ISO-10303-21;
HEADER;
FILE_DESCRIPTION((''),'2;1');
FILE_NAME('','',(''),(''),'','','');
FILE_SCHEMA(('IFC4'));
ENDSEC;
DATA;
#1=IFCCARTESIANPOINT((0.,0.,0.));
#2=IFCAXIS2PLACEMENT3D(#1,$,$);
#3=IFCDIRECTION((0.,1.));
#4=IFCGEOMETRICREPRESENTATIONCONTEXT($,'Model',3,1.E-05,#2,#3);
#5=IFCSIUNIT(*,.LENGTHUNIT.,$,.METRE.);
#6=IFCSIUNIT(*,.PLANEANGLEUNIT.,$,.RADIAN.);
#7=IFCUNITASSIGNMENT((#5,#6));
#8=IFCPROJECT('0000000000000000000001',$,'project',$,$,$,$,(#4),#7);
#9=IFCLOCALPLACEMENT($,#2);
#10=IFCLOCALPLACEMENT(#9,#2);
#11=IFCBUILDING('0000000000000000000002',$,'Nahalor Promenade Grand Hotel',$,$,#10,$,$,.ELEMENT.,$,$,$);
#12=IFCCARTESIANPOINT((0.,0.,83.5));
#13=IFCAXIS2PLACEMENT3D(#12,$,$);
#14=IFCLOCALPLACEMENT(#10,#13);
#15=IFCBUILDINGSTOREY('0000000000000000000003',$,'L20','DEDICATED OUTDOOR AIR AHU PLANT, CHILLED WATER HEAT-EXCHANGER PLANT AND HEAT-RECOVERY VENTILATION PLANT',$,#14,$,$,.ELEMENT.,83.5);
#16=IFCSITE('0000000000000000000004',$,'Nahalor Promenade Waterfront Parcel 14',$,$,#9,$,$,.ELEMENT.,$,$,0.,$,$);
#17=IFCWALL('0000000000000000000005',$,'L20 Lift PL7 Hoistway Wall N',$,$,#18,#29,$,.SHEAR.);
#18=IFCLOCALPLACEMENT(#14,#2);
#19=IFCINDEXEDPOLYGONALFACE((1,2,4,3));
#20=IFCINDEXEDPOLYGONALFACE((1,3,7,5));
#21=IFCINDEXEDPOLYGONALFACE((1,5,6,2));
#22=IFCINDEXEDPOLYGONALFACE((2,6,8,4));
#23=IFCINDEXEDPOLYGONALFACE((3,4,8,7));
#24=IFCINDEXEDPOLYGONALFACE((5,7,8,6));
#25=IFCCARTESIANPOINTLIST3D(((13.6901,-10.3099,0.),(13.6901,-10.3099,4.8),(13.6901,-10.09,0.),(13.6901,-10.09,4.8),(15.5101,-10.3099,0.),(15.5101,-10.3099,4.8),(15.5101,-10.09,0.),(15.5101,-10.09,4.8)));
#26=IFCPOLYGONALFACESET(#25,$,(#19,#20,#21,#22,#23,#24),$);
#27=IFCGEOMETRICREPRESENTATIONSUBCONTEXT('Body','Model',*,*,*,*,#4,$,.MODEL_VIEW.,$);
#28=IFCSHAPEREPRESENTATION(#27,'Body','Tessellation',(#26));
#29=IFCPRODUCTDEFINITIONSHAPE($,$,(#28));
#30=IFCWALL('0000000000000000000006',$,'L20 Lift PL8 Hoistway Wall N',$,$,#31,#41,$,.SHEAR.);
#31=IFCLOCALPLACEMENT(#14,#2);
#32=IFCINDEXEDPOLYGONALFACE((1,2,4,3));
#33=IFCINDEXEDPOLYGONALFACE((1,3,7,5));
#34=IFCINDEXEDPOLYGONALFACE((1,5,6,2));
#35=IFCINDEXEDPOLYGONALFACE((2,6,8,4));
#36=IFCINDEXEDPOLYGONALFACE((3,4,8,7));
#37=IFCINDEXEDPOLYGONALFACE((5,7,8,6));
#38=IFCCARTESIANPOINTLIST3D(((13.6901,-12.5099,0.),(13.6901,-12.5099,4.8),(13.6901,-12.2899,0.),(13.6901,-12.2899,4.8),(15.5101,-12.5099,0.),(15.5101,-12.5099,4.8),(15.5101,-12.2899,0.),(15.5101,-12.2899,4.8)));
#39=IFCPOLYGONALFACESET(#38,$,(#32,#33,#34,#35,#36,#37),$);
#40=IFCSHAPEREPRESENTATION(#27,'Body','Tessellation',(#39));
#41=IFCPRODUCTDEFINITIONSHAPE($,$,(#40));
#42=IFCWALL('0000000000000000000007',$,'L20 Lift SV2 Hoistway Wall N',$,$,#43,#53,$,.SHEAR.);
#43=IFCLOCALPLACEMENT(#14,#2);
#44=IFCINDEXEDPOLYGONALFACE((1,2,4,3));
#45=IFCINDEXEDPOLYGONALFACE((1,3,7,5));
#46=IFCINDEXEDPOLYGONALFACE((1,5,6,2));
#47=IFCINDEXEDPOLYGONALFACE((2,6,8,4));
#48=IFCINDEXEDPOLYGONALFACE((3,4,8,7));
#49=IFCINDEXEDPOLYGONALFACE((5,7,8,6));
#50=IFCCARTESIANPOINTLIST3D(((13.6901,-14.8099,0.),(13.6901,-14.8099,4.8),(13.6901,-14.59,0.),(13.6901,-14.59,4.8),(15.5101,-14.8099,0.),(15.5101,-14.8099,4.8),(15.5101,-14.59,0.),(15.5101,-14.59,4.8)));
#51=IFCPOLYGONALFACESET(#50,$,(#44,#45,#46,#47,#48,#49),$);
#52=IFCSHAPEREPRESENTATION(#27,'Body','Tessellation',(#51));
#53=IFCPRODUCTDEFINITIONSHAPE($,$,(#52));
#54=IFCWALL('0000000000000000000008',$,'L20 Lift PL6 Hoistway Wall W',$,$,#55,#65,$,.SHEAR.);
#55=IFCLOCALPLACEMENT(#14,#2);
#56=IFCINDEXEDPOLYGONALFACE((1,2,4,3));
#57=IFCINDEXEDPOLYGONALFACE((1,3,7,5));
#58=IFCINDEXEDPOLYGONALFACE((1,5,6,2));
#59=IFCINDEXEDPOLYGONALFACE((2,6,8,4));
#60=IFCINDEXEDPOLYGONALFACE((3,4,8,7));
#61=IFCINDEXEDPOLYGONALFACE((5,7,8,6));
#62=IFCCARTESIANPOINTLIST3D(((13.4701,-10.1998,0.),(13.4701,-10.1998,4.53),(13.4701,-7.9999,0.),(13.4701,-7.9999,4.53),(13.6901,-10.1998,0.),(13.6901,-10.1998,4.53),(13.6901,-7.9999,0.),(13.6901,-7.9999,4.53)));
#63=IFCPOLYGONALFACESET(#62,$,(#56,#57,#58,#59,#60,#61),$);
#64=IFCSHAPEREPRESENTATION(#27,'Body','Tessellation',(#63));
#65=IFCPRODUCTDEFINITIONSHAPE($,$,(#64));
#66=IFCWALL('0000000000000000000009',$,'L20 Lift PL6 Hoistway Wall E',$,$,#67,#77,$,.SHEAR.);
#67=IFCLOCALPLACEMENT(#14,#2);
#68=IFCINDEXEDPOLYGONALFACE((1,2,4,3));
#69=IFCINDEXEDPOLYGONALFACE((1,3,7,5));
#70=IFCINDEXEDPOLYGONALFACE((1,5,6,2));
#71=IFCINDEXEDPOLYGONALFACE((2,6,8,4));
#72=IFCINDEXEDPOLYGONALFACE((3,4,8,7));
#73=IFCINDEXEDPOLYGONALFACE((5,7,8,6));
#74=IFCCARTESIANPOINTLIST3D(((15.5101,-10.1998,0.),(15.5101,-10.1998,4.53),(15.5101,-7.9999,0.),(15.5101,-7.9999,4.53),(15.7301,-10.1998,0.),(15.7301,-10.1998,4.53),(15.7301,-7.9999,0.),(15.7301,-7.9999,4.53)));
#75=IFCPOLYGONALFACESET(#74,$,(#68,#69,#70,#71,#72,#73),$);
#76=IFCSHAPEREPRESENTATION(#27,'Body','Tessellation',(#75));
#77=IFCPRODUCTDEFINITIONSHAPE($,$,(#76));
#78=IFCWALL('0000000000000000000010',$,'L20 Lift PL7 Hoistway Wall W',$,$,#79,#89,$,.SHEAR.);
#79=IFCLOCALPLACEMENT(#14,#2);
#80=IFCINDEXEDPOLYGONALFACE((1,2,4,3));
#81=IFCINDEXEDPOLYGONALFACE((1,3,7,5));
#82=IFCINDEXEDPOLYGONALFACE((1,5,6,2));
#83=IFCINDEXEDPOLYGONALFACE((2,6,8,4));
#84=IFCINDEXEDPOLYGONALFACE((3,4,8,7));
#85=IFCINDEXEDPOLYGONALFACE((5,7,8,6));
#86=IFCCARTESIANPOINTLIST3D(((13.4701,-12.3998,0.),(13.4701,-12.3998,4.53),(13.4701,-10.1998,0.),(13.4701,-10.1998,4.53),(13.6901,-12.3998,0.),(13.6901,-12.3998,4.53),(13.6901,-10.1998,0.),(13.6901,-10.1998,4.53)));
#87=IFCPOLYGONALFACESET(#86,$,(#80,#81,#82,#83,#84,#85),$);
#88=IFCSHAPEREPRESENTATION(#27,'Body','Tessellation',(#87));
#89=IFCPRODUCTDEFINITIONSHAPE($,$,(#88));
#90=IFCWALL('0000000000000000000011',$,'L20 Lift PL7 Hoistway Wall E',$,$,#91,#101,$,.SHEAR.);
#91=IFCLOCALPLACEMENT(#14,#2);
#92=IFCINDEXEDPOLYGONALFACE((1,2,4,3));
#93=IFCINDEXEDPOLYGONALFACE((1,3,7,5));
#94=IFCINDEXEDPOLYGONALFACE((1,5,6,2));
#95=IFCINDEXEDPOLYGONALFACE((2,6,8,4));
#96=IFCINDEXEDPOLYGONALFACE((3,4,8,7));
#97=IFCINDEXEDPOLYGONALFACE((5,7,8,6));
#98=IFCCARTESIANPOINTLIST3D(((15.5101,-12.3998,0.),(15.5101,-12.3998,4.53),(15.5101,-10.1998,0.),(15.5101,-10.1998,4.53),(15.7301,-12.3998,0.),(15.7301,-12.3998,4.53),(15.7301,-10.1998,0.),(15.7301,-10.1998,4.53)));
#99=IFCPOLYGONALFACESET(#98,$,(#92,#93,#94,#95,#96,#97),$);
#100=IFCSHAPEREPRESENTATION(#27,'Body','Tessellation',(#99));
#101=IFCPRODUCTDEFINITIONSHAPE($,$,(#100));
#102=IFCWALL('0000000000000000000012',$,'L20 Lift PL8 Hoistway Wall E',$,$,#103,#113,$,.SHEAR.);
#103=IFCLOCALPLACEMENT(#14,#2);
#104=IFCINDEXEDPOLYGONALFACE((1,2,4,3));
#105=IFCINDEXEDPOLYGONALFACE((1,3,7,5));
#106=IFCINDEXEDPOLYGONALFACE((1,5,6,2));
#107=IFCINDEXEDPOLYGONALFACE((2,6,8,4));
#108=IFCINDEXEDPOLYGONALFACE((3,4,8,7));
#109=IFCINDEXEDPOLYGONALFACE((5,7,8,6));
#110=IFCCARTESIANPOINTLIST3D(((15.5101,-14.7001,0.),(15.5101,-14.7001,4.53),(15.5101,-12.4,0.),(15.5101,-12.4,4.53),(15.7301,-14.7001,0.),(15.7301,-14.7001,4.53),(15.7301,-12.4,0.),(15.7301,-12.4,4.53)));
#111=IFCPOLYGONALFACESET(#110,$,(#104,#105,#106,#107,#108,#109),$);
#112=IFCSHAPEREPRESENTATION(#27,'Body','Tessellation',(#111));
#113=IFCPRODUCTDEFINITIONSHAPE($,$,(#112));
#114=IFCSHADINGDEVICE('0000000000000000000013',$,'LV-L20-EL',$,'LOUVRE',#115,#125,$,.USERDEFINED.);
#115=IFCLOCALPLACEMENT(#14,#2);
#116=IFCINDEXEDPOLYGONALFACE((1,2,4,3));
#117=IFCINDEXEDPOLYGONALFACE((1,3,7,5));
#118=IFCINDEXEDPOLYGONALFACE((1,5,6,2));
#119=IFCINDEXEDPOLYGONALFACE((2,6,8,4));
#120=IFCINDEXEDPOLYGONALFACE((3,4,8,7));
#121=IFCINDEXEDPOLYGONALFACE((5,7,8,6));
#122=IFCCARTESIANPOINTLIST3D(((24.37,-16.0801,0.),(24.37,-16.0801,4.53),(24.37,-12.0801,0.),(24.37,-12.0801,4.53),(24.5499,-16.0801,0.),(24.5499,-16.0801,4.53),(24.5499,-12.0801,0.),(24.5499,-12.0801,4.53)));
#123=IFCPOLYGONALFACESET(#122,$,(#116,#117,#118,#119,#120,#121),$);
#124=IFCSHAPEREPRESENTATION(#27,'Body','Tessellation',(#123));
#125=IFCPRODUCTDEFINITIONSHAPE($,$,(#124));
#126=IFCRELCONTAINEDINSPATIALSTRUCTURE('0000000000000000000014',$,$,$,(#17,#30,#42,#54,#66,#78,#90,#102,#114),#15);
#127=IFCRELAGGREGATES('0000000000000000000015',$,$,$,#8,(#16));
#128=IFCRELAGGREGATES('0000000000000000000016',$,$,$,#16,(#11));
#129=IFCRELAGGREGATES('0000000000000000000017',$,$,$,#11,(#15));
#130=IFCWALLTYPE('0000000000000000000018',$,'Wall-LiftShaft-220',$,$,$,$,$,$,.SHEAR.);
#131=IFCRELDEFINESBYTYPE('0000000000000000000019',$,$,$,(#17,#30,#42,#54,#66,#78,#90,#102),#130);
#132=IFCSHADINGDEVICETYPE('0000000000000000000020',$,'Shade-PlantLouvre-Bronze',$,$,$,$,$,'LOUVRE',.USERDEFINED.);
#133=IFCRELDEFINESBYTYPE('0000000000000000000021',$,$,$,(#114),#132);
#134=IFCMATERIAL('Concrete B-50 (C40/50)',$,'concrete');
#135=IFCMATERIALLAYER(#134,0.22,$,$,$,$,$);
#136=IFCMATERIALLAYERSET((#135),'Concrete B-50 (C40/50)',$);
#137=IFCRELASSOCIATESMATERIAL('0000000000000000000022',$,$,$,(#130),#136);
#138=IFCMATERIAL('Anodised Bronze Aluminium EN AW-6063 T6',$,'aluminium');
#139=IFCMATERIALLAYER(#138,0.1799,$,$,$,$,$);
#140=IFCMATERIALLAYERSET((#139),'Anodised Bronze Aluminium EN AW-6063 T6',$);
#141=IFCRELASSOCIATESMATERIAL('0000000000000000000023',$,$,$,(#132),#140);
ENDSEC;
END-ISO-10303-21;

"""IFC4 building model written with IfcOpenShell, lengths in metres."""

from ifc_helpers import new_model, si_unit, direction, frame, frame_2d, origin, origin_2d, place, context, subcontext, project, spatial, rectangle, extrude, source, transform, mapped, material, layer, layer_set, type_object, element, save


model = new_model("IFC4")

# Units and contexts
model_context = context("Model", 3, precision=1e-05, world=origin(), true_north=direction((0.0, 1.0)))
body_context = subcontext(model_context, "Body", "Model", "MODEL_VIEW")
ifc_project = project(units=[si_unit("LENGTHUNIT", "METRE"), si_unit("PLANEANGLEUNIT", "RADIAN")], contexts=[model_context])

# Site, building, storey
site_placement = place(None, origin())
site = spatial("IfcSite", under=ifc_project, at=site_placement, Name="Nahalor Promenade Waterfront Parcel 14", CompositionType="ELEMENT", RefElevation=0.0)
building_placement = place(site_placement, origin())
building = spatial("IfcBuilding", under=site, at=building_placement, Name="Nahalor Promenade Grand Hotel", CompositionType="ELEMENT")
storey_placement = place(building_placement, frame((0.0, 0.0, 83.5)))
storey = spatial("IfcBuildingStorey", under=building, at=storey_placement, Name="L20", Description="DEDICATED OUTDOOR AIR AHU PLANT, CHILLED WATER HEAT-EXCHANGER PLANT AND HEAT-RECOVERY VENTILATION PLANT", CompositionType="ELEMENT", Elevation=83.5)

# Shared definitions
ifc_material_1 = material(Name="Anodised Bronze Aluminium EN AW-6063 T6", Category="aluminium")

# Walls
ifc_material_2 = material(Name="Concrete B-50 (C40/50)", Category="concrete")
ifc_layer_1 = layer(ifc_material_2, 0.22)
ifc_layer_set_1 = layer_set([ifc_layer_1], Name="Concrete B-50 (C40/50)")
wall_type_1 = type_object("IfcWallType", Name="Wall-LiftShaft-220", PredefinedType="SHEAR", material=ifc_layer_set_1)
shared_shape_1 = source(origin(), body_context, "Body", "SweptSolid", [
    extrude(rectangle(XDim=1.8201, YDim=0.22, at=frame_2d((0.9102, 0.0))), origin(), (0.0, 0.0, 1.0), 4.8),
])
for number, where, z_axis, x_axis, name in (
    (1, (13.6899, -10.2, 0.0), (0.0, 0.0, 1.0), (1.0, 0.0, 0.0), "L20 Lift PL7 Hoistway Wall N"),
    (2, (13.6899, -12.3999, 0.0), (0.0, 0.0, 1.0), (1.0, 0.0, 0.0), "L20 Lift PL8 Hoistway Wall N"),
    (3, (13.6899, -14.7, 0.0), (0.0, 0.0, 1.0), (1.0, 0.0, 0.0), "L20 Lift SV2 Hoistway Wall N"),
):
    element("IfcWall", number, at=place(storey_placement, frame(where, z_axis=z_axis, x_axis=x_axis)), inside=storey, type_object=wall_type_1, Name=name, PredefinedType="SHEAR", context=body_context, shape_type="MappedRepresentation", body=[
        mapped(shared_shape_1, transform((0.0, 0.0, 0.0), scale=1.0)),
    ])
shared_shape_2 = source(origin(), body_context, "Body", "SweptSolid", [
    extrude(rectangle(XDim=2.2, YDim=0.22, at=frame_2d((1.1001, 0.0))), origin(), (0.0, 0.0, 1.0), 4.53),
])
for number, where, z_axis, x_axis, name in (
    (4, (13.5801, -10.2, 0.0), (0.0, 0.0, 1.0), (0.0, 1.0, 0.0), "L20 Lift PL6 Hoistway Wall W"),
    (5, (15.6201, -10.2, 0.0), (0.0, 0.0, 1.0), (0.0, 1.0, 0.0), "L20 Lift PL6 Hoistway Wall E"),
    (6, (13.5801, -12.3999, 0.0), (0.0, 0.0, 1.0), (0.0, 1.0, 0.0), "L20 Lift PL7 Hoistway Wall W"),
    (7, (15.6201, -12.3999, 0.0), (0.0, 0.0, 1.0), (0.0, 1.0, 0.0), "L20 Lift PL7 Hoistway Wall E"),
):
    element("IfcWall", number, at=place(storey_placement, frame(where, z_axis=z_axis, x_axis=x_axis)), inside=storey, type_object=wall_type_1, Name=name, PredefinedType="SHEAR", context=body_context, shape_type="MappedRepresentation", body=[
        mapped(shared_shape_2, transform((0.0, 0.0, 0.0), scale=1.0)),
    ])
shared_shape_3 = source(origin(), body_context, "Body", "SweptSolid", [
    extrude(rectangle(XDim=2.3, YDim=0.22, at=frame_2d((1.1499, 0.0))), origin(), (0.0, 0.0, 1.0), 4.53),
])
wall_1_placement = place(storey_placement, frame((15.6201, -14.7, 0.0), z_axis=(0.0, 0.0, 1.0), x_axis=(0.0, 1.0, 0.0)))
element("IfcWall", 8, at=wall_1_placement, inside=storey, type_object=wall_type_1, Name="L20 Lift PL8 Hoistway Wall E", PredefinedType="SHEAR", context=body_context, shape_type="MappedRepresentation", body=[
    mapped(shared_shape_3, transform((0.0, 0.0, 0.0), scale=1.0)),
])

# Shading device
ifc_layer_2 = layer(ifc_material_1, 0.1799)
ifc_layer_set_2 = layer_set([ifc_layer_2], Name="Anodised Bronze Aluminium EN AW-6063 T6")
shading_device_type = type_object("IfcShadingDeviceType", Name="Shade-PlantLouvre-Bronze", ElementType="LOUVRE", PredefinedType="USERDEFINED", material=ifc_layer_set_2)
shared_shape_4 = source(origin(), body_context, "Body", "SweptSolid", [
    extrude(rectangle(XDim=4.0, YDim=0.1799, at=origin_2d()), origin(), (0.0, 0.0, 1.0), 4.53),
])
shading_device_placement = place(storey_placement, frame((24.46, -14.0801, 0.0), z_axis=(0.0, 0.0, 1.0), x_axis=(0.0, 1.0, 0.0)))
element("IfcShadingDevice", 9, at=shading_device_placement, inside=storey, type_object=shading_device_type, Name="LV-L20-EL", ObjectType="LOUVRE", PredefinedType="USERDEFINED", context=body_context, shape_type="MappedRepresentation", body=[
    mapped(shared_shape_4, transform((0.0, 0.0, 0.0), scale=1.0)),
])

save(model, "model.ifc")
